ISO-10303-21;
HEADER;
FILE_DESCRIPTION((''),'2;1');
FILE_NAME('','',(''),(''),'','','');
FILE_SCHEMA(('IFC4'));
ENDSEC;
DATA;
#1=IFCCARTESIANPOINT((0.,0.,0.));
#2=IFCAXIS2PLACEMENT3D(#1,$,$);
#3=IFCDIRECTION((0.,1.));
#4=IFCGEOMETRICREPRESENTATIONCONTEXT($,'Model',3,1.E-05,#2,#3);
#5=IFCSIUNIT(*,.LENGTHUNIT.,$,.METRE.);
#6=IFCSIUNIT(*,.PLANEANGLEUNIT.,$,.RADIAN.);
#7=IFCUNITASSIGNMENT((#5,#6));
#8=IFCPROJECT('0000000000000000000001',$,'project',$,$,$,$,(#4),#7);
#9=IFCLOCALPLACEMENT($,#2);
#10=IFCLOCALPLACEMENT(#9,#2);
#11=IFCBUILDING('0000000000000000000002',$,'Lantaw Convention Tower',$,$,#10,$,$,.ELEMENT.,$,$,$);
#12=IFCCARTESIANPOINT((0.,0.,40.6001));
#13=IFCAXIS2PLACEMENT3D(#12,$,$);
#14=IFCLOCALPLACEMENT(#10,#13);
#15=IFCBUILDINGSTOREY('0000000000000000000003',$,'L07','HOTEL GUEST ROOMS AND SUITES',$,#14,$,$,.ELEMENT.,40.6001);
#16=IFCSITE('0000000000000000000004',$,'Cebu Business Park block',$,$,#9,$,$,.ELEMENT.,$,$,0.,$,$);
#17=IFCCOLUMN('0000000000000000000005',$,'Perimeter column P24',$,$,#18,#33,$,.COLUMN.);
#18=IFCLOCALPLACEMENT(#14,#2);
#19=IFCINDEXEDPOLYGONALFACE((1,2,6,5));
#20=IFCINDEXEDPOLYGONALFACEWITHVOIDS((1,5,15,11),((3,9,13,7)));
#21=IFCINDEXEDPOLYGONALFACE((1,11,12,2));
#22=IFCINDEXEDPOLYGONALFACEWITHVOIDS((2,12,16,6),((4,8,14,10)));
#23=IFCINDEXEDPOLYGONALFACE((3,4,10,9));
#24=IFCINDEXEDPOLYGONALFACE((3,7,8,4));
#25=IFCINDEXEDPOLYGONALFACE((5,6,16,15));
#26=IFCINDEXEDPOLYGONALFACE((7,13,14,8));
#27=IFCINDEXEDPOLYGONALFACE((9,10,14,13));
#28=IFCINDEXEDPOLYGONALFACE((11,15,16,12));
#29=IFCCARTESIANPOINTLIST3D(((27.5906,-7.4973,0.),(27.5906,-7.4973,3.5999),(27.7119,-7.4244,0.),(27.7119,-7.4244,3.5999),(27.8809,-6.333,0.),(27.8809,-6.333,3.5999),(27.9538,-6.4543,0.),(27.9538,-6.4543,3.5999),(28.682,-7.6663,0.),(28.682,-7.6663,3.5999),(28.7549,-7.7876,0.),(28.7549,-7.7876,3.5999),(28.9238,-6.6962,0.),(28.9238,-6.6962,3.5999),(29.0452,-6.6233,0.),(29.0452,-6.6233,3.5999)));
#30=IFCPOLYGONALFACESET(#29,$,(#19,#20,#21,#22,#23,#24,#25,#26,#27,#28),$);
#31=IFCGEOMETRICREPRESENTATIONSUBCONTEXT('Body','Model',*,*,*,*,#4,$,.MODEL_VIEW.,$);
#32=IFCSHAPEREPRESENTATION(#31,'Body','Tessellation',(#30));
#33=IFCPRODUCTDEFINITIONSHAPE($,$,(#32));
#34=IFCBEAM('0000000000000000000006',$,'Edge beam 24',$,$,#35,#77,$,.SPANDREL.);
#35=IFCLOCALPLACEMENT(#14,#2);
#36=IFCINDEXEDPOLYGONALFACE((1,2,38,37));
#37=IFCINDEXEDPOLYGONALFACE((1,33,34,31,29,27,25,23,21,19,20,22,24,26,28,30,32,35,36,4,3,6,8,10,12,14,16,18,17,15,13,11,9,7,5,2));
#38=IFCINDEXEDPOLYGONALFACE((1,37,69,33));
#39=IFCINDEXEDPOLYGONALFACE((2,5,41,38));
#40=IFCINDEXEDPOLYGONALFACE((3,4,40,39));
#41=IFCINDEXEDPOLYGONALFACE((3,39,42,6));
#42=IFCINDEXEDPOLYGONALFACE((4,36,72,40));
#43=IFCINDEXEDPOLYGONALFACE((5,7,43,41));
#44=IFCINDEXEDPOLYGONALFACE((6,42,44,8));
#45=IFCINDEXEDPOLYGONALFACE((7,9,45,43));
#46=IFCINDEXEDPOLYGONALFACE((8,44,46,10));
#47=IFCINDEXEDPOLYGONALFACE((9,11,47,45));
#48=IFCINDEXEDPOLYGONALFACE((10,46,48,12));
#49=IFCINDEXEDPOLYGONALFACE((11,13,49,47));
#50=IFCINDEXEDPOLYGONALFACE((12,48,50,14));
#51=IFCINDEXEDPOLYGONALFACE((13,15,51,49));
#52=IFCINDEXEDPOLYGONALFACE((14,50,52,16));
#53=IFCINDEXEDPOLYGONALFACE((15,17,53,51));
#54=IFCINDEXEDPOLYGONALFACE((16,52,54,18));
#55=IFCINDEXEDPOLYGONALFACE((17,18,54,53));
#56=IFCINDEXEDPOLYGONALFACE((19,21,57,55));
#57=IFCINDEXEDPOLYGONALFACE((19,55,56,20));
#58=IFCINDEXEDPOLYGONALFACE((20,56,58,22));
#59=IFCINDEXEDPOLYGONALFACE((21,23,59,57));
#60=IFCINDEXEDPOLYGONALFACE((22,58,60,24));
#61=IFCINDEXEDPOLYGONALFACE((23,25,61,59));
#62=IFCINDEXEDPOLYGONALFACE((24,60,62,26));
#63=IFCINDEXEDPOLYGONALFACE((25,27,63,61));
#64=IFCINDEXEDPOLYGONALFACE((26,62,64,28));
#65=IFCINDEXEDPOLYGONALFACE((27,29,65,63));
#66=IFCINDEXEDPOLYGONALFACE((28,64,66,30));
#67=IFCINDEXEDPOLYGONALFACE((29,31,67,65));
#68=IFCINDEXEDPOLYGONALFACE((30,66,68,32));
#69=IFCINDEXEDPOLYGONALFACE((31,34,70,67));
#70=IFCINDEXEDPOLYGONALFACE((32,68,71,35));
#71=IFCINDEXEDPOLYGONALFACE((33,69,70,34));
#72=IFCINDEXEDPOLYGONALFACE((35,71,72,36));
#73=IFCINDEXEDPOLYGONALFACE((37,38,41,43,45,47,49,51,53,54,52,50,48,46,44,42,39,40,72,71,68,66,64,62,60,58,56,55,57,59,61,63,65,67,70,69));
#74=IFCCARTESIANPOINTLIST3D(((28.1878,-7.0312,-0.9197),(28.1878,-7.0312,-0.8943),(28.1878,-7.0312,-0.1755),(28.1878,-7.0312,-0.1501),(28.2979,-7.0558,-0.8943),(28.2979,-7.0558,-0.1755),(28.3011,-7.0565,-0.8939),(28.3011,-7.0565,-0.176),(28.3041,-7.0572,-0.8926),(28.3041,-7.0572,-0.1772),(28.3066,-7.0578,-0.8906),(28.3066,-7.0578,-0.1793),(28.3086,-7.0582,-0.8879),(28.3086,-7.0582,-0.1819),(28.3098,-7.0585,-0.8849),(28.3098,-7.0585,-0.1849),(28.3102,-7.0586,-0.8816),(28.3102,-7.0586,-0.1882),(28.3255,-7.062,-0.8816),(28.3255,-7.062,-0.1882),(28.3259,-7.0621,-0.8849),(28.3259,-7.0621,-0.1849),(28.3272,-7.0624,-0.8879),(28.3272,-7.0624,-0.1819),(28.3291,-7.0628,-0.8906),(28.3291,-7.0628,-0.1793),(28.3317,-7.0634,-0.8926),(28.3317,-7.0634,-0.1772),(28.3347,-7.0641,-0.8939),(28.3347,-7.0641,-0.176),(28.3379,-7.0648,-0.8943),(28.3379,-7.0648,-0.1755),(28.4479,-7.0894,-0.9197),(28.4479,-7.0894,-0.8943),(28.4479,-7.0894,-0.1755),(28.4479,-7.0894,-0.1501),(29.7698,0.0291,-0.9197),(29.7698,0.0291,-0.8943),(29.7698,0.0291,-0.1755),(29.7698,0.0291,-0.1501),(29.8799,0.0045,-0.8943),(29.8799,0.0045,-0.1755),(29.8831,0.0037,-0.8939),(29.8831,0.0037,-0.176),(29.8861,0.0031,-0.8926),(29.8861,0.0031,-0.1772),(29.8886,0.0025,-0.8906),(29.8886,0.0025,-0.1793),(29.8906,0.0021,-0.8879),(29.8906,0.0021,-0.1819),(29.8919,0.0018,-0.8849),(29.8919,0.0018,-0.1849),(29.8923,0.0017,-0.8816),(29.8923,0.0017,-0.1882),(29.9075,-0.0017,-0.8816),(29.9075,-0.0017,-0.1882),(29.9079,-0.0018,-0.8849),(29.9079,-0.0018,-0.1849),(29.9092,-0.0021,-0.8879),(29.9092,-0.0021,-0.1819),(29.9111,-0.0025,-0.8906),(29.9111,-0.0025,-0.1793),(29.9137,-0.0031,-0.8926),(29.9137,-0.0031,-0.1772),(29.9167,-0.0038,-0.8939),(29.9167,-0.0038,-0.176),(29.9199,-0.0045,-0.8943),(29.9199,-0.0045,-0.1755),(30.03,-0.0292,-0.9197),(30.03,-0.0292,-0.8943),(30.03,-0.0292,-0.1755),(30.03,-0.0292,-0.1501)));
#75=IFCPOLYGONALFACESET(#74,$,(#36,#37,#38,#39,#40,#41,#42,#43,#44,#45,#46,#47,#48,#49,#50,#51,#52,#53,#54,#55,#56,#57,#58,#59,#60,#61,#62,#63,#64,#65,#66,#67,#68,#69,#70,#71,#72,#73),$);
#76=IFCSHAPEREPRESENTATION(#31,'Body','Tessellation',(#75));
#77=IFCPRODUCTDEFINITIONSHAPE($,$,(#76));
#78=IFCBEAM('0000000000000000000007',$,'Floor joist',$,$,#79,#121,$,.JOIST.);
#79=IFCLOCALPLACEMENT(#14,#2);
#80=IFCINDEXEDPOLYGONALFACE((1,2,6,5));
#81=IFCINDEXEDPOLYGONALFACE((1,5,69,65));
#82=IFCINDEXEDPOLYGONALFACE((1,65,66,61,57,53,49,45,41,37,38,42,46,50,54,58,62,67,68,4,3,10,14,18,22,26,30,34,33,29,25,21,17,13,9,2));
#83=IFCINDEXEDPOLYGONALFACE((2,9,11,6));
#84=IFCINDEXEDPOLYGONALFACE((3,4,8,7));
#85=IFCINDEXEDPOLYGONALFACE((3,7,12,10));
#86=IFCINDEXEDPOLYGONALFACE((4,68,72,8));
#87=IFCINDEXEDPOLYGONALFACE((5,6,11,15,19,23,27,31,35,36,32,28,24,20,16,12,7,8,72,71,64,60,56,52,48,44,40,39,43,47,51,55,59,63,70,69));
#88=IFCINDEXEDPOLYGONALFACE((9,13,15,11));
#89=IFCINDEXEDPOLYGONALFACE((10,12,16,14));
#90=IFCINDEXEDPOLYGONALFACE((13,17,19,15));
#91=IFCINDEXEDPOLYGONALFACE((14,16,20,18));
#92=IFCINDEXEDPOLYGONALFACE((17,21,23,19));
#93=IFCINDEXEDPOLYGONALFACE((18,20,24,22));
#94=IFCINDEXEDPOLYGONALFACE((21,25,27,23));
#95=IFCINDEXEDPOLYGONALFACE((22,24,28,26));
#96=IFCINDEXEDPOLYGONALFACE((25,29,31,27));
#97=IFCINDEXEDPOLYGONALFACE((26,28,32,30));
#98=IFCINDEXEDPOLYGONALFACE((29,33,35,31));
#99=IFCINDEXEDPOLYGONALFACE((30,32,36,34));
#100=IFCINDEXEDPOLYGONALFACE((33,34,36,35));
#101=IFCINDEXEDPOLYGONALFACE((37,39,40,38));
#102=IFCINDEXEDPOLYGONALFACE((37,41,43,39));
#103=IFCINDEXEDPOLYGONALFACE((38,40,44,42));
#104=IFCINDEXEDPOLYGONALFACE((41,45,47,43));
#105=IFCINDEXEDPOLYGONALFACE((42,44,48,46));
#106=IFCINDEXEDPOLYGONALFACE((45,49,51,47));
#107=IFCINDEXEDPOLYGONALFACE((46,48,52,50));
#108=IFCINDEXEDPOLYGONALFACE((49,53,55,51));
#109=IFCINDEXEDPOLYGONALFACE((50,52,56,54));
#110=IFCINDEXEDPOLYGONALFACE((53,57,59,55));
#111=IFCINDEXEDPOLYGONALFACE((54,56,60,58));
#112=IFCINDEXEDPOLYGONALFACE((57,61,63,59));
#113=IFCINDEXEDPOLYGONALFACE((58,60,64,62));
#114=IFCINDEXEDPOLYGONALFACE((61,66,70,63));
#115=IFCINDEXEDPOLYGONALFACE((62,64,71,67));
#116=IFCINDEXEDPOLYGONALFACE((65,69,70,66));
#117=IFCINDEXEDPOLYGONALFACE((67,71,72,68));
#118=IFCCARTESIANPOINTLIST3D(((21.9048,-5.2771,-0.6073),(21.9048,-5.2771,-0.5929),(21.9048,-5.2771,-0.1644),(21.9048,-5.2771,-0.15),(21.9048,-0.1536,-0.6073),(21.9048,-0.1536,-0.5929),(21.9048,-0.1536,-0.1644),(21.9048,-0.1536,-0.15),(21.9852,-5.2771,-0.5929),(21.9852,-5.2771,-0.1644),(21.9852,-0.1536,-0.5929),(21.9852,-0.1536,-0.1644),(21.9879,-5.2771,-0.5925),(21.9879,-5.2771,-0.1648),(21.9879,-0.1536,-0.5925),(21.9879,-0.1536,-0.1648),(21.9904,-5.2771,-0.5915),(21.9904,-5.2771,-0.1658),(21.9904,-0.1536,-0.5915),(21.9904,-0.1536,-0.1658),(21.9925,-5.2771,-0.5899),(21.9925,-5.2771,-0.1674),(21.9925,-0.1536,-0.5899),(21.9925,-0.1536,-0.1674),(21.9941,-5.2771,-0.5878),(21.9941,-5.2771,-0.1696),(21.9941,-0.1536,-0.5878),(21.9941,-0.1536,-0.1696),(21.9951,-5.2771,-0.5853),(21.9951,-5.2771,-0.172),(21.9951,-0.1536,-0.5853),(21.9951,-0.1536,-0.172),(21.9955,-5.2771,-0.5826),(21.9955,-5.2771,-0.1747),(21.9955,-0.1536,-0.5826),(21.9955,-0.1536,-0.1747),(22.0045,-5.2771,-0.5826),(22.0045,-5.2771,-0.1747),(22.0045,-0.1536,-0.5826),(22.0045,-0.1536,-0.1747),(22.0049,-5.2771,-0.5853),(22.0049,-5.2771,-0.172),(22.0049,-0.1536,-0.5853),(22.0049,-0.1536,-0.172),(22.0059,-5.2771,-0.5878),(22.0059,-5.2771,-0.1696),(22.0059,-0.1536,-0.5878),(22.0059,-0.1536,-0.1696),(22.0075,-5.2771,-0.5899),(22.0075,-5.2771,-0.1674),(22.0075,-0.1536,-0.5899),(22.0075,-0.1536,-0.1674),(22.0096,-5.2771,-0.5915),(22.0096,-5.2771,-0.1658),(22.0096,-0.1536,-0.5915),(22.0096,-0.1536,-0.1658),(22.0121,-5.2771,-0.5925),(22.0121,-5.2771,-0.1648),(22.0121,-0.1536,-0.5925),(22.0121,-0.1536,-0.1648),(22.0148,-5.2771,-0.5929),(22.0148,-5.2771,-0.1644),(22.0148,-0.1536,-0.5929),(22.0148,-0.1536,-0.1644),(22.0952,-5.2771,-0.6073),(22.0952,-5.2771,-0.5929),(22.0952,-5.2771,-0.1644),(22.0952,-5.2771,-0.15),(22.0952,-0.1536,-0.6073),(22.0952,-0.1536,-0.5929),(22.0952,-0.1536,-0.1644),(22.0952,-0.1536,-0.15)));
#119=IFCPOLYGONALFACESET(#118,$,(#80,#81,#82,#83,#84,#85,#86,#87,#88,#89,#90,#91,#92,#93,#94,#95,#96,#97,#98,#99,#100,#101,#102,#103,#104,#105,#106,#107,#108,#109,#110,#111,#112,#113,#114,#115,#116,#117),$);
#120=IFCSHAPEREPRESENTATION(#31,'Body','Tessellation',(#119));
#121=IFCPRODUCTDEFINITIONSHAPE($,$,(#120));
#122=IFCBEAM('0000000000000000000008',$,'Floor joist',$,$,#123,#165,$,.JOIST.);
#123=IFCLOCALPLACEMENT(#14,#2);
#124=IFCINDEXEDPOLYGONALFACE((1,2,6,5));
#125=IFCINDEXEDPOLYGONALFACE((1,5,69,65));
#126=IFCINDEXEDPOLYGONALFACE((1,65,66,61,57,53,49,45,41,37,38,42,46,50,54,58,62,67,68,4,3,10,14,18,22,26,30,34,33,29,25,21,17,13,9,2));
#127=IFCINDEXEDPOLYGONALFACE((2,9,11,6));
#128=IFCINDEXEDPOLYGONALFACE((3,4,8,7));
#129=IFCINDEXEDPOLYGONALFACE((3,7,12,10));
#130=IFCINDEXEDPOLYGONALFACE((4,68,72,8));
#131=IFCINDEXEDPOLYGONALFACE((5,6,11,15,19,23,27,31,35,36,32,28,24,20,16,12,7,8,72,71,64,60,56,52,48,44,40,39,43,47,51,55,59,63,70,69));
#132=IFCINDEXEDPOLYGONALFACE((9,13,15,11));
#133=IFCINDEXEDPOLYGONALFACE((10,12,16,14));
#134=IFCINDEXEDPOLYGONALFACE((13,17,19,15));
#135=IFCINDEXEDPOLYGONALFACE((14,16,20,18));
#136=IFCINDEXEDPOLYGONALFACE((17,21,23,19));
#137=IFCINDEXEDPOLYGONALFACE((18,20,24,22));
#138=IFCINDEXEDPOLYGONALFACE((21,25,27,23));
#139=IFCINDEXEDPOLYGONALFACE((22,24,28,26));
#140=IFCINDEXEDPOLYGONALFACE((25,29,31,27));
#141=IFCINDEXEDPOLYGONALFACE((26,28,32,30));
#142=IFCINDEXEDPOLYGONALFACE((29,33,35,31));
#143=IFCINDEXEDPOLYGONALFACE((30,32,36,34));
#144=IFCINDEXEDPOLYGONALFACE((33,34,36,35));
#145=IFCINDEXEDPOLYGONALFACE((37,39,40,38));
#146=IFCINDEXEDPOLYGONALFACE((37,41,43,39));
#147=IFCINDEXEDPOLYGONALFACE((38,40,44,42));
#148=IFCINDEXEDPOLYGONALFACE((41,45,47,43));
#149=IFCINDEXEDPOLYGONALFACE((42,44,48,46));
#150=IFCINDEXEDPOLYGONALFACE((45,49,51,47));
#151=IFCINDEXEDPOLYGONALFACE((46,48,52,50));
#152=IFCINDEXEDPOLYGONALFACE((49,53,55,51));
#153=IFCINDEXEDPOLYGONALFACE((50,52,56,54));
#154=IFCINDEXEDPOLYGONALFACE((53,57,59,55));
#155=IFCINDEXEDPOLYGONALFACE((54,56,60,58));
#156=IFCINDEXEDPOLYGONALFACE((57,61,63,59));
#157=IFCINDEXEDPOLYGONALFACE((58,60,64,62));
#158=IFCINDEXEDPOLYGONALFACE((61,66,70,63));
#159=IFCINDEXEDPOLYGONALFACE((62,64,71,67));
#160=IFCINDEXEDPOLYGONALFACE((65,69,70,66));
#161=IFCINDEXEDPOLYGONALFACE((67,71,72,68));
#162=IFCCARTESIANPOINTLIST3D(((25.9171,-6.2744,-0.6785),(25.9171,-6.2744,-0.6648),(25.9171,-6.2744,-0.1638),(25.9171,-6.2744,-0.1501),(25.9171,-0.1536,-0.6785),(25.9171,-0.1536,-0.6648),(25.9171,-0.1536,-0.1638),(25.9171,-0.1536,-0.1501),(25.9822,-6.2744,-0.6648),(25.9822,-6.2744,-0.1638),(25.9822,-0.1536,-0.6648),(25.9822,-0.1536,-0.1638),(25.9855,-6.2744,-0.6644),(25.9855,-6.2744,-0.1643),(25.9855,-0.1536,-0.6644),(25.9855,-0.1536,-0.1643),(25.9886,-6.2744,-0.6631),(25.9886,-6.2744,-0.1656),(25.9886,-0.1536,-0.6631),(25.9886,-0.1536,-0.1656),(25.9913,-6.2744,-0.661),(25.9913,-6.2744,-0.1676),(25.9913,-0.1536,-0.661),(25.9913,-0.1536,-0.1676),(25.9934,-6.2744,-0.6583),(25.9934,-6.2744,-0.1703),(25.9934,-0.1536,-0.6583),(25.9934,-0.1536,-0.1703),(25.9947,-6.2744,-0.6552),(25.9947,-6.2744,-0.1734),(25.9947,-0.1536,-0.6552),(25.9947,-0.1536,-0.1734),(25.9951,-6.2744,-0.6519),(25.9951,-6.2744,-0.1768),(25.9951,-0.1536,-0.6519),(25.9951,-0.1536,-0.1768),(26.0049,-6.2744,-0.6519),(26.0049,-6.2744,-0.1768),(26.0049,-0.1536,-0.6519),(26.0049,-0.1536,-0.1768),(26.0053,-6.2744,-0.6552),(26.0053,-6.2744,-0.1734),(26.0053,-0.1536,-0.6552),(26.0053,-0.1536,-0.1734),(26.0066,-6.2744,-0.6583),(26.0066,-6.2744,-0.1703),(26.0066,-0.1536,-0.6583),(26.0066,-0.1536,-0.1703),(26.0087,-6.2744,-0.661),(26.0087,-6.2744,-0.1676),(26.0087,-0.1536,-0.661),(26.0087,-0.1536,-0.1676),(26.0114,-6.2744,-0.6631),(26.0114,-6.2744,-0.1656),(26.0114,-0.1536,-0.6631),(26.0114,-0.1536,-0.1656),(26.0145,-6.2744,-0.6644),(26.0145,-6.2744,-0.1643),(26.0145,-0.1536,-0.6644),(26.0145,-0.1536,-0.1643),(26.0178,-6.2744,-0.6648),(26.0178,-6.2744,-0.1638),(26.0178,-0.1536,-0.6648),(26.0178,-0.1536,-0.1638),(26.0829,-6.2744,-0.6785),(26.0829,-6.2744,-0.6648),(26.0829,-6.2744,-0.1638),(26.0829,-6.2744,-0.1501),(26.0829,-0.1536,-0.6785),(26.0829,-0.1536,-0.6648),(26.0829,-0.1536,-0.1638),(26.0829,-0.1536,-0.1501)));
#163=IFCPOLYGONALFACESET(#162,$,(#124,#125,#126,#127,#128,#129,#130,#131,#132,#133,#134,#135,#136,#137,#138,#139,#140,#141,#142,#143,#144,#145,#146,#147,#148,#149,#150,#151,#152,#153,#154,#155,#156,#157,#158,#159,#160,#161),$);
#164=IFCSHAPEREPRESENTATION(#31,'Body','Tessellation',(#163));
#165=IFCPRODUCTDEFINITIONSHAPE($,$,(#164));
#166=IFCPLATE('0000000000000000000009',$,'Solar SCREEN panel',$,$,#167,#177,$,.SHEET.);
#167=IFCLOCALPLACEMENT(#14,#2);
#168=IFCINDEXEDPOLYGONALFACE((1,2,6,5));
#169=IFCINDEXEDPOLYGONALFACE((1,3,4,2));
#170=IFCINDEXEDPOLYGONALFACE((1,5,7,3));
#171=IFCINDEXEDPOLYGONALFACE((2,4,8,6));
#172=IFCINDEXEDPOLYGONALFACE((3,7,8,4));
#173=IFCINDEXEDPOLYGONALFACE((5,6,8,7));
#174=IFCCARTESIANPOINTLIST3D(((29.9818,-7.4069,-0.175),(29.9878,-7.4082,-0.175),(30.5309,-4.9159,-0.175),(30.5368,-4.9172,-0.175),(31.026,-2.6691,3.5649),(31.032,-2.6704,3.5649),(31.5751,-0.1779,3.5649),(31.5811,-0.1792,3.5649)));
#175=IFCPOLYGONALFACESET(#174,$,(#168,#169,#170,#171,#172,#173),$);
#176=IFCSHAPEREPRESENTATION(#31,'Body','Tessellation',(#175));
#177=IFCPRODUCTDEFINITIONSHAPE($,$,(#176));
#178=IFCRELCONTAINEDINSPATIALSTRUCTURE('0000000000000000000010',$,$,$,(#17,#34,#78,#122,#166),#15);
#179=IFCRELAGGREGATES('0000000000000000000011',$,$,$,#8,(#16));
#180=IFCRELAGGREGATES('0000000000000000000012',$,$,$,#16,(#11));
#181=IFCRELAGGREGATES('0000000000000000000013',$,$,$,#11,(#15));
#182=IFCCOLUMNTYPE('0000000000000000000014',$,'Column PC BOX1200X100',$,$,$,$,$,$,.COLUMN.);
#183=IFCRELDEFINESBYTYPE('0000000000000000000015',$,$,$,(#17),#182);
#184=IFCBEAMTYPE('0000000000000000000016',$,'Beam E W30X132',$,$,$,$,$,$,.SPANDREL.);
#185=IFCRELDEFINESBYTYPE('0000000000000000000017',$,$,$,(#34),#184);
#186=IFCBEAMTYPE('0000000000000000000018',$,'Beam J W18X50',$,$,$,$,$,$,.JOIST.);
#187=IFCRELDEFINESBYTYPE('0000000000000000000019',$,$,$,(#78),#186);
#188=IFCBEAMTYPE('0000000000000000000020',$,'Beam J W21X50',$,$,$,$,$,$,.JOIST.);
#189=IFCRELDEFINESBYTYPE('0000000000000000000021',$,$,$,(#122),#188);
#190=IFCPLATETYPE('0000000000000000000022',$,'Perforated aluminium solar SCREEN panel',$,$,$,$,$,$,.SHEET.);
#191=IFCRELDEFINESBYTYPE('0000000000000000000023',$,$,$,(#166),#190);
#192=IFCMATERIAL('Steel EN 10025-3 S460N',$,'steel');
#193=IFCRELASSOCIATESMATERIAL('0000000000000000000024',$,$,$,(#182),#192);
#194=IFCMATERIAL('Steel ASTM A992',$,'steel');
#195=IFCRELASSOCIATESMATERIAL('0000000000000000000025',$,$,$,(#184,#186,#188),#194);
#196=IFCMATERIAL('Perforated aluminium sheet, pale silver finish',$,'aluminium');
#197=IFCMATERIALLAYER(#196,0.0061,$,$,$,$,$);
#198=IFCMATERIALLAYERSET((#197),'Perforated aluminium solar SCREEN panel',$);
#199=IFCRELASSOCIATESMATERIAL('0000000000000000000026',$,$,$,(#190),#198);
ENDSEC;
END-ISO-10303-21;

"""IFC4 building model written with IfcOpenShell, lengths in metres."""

from ifc_helpers import new_model, si_unit, direction, frame, origin, origin_2d, place, context, subcontext, project, spatial, polyline, rectangle, hollow_rectangle, i_section, outline, extrude, material, layer, layer_set, material_profile, profile_set, type_object, element, save


model = new_model("IFC4")

# Units and contexts
model_context = context("Model", 3, precision=1e-05, world=origin(), true_north=direction((0.0, 1.0)))
body_context = subcontext(model_context, "Body", "Model", "MODEL_VIEW")
ifc_project = project(units=[si_unit("LENGTHUNIT", "METRE"), si_unit("PLANEANGLEUNIT", "RADIAN")], contexts=[model_context])

# Site, building, storey
site_placement = place(None, origin())
site = spatial("IfcSite", under=ifc_project, at=site_placement, Name="Cebu Business Park block", CompositionType="ELEMENT", RefElevation=0.0)
building_placement = place(site_placement, origin())
building = spatial("IfcBuilding", under=site, at=building_placement, Name="Lantaw Convention Tower", CompositionType="ELEMENT")
storey_placement = place(building_placement, frame((0.0, 0.0, 40.6001)))
storey = spatial("IfcBuildingStorey", under=building, at=storey_placement, Name="L07", Description="HOTEL GUEST ROOMS AND SUITES", CompositionType="ELEMENT", Elevation=40.6001)

# Column
ifc_material_1 = material(Name="Steel EN 10025-3 S460N", Category="steel")
ifc_material_profile_1 = material_profile(ifc_material_1, hollow_rectangle(XDim=1.2, YDim=1.2, WallThickness=0.1001, at=origin_2d()), Name="BOX1200X100")
ifc_material_2 = material(Name="Concrete C60/75", Category="concrete")
ifc_material_profile_2 = material_profile(ifc_material_2, rectangle(XDim=1.0, YDim=1.0, at=origin_2d()), Name="Concrete fill of BOX1200X100")
ifc_profile_set_1 = profile_set([ifc_material_profile_1, ifc_material_profile_2], Name="Steel EN 10025-3 S460N")
column_type = type_object("IfcColumnType", Name="Column PC BOX1200X100", PredefinedType="COLUMN", material=ifc_profile_set_1)
column_placement = place(storey_placement, frame((28.3179, -7.0603, 0.0), z_axis=(0.0, 0.0, 1.0), x_axis=(0.241922, 0.970296, 0.0)))
element("IfcColumn", 1, at=column_placement, inside=storey, type_object=column_type, Name="Perimeter column P24", PredefinedType="COLUMN", context=body_context, shape_type="SweptSolid", body=[
    extrude(hollow_rectangle(XDim=1.2, YDim=1.2, WallThickness=0.1001, at=origin_2d()), origin(), (0.0, 0.0, 1.0), 3.5999),
])

# Beams
ifc_material_3 = material(Name="Steel ASTM A992", Category="steel")
ifc_material_profile_3 = material_profile(ifc_material_3, i_section(OverallWidth=0.2666, OverallDepth=0.7695, WebThickness=0.0156, FlangeThickness=0.0254, FilletRadius=0.0127, at=origin_2d()), Name="W30X132")
ifc_profile_set_2 = profile_set([ifc_material_profile_3], Name="Steel ASTM A992")
beam_type_1 = type_object("IfcBeamType", Name="Beam E W30X132", PredefinedType="SPANDREL", material=ifc_profile_set_2)
beam_1_placement = place(storey_placement, frame((28.3179, -7.0603, -0.5349), z_axis=(0.218652, 0.975803, 0.0), x_axis=(-0.975803, 0.218652, 0.0)))
element("IfcBeam", 2, at=beam_1_placement, inside=storey, type_object=beam_type_1, Name="Edge beam 24", PredefinedType="SPANDREL", context=body_context, shape_type="SweptSolid", body=[
    extrude(i_section(OverallWidth=0.2666, OverallDepth=0.7695, WebThickness=0.0156, FlangeThickness=0.0254, FilletRadius=0.0127, at=origin_2d()), origin(), (0.0, 0.0, 1.0), 7.2354),
])
ifc_material_profile_4 = material_profile(ifc_material_3, i_section(OverallWidth=0.1904, OverallDepth=0.4573, WebThickness=0.009, FlangeThickness=0.0144, FilletRadius=0.0103, at=origin_2d()), Name="W18X50")
ifc_profile_set_3 = profile_set([ifc_material_profile_4], Name="Steel ASTM A992")
beam_type_2 = type_object("IfcBeamType", Name="Beam J W18X50", PredefinedType="JOIST", material=ifc_profile_set_3)
beam_2_placement = place(storey_placement, frame((22.0, -5.2771, -0.3787), z_axis=(0.0, 1.0, 0.0), x_axis=(-1.0, 0.0, 0.0)))
element("IfcBeam", 3, at=beam_2_placement, inside=storey, type_object=beam_type_2, Name="Floor joist", PredefinedType="JOIST", context=body_context, shape_type="SweptSolid", body=[
    extrude(i_section(OverallWidth=0.1904, OverallDepth=0.4573, WebThickness=0.009, FlangeThickness=0.0144, FilletRadius=0.0103, at=origin_2d()), origin(), (0.0, 0.0, 1.0), 5.1235),
])
ifc_material_profile_5 = material_profile(ifc_material_3, i_section(OverallWidth=0.1658, OverallDepth=0.5283, WebThickness=0.0098, FlangeThickness=0.0137, FilletRadius=0.0129, at=origin_2d()), Name="W21X50")
ifc_profile_set_4 = profile_set([ifc_material_profile_5], Name="Steel ASTM A992")
beam_type_3 = type_object("IfcBeamType", Name="Beam J W21X50", PredefinedType="JOIST", material=ifc_profile_set_4)
beam_3_placement = place(storey_placement, frame((26.0, -6.2744, -0.4143), z_axis=(0.0, 1.0, 0.0), x_axis=(-1.0, 0.0, 0.0)))
element("IfcBeam", 4, at=beam_3_placement, inside=storey, type_object=beam_type_3, Name="Floor joist", PredefinedType="JOIST", context=body_context, shape_type="SweptSolid", body=[
    extrude(i_section(OverallWidth=0.1658, OverallDepth=0.5283, WebThickness=0.0098, FlangeThickness=0.0137, FilletRadius=0.0129, at=origin_2d()), origin(), (0.0, 0.0, 1.0), 6.1208),
])

# Plate
ifc_material_4 = material(Name="Perforated aluminium sheet, pale silver finish", Category="aluminium")
ifc_layer_1 = layer(ifc_material_4, 0.0061)
ifc_layer_set_1 = layer_set([ifc_layer_1], Name="Perforated aluminium solar SCREEN panel")
plate_type = type_object("IfcPlateType", Name="Perforated aluminium solar SCREEN panel", PredefinedType="SHEET", material=ifc_layer_set_1)
plate_placement = place(storey_placement, frame((29.9878, -7.4082, -0.175), z_axis=(0.976559, -0.215248, 0.00003), x_axis=(0.215248, 0.976559, 0.0)))
element("IfcPlate", 5, at=plate_placement, inside=storey, type_object=plate_type, Name="Solar SCREEN panel", PredefinedType="SHEET", context=body_context, shape_type="SweptSolid", body=[
    extrude(outline(polyline([(0.0, 0.0), (2.5508, 0.0), (7.4025, 3.74), (4.8515, 3.74), (0.0, 0.0)])), origin(), (0.0, 0.0, -1.0), 0.0061),
])

save(model, "model.ifc")
